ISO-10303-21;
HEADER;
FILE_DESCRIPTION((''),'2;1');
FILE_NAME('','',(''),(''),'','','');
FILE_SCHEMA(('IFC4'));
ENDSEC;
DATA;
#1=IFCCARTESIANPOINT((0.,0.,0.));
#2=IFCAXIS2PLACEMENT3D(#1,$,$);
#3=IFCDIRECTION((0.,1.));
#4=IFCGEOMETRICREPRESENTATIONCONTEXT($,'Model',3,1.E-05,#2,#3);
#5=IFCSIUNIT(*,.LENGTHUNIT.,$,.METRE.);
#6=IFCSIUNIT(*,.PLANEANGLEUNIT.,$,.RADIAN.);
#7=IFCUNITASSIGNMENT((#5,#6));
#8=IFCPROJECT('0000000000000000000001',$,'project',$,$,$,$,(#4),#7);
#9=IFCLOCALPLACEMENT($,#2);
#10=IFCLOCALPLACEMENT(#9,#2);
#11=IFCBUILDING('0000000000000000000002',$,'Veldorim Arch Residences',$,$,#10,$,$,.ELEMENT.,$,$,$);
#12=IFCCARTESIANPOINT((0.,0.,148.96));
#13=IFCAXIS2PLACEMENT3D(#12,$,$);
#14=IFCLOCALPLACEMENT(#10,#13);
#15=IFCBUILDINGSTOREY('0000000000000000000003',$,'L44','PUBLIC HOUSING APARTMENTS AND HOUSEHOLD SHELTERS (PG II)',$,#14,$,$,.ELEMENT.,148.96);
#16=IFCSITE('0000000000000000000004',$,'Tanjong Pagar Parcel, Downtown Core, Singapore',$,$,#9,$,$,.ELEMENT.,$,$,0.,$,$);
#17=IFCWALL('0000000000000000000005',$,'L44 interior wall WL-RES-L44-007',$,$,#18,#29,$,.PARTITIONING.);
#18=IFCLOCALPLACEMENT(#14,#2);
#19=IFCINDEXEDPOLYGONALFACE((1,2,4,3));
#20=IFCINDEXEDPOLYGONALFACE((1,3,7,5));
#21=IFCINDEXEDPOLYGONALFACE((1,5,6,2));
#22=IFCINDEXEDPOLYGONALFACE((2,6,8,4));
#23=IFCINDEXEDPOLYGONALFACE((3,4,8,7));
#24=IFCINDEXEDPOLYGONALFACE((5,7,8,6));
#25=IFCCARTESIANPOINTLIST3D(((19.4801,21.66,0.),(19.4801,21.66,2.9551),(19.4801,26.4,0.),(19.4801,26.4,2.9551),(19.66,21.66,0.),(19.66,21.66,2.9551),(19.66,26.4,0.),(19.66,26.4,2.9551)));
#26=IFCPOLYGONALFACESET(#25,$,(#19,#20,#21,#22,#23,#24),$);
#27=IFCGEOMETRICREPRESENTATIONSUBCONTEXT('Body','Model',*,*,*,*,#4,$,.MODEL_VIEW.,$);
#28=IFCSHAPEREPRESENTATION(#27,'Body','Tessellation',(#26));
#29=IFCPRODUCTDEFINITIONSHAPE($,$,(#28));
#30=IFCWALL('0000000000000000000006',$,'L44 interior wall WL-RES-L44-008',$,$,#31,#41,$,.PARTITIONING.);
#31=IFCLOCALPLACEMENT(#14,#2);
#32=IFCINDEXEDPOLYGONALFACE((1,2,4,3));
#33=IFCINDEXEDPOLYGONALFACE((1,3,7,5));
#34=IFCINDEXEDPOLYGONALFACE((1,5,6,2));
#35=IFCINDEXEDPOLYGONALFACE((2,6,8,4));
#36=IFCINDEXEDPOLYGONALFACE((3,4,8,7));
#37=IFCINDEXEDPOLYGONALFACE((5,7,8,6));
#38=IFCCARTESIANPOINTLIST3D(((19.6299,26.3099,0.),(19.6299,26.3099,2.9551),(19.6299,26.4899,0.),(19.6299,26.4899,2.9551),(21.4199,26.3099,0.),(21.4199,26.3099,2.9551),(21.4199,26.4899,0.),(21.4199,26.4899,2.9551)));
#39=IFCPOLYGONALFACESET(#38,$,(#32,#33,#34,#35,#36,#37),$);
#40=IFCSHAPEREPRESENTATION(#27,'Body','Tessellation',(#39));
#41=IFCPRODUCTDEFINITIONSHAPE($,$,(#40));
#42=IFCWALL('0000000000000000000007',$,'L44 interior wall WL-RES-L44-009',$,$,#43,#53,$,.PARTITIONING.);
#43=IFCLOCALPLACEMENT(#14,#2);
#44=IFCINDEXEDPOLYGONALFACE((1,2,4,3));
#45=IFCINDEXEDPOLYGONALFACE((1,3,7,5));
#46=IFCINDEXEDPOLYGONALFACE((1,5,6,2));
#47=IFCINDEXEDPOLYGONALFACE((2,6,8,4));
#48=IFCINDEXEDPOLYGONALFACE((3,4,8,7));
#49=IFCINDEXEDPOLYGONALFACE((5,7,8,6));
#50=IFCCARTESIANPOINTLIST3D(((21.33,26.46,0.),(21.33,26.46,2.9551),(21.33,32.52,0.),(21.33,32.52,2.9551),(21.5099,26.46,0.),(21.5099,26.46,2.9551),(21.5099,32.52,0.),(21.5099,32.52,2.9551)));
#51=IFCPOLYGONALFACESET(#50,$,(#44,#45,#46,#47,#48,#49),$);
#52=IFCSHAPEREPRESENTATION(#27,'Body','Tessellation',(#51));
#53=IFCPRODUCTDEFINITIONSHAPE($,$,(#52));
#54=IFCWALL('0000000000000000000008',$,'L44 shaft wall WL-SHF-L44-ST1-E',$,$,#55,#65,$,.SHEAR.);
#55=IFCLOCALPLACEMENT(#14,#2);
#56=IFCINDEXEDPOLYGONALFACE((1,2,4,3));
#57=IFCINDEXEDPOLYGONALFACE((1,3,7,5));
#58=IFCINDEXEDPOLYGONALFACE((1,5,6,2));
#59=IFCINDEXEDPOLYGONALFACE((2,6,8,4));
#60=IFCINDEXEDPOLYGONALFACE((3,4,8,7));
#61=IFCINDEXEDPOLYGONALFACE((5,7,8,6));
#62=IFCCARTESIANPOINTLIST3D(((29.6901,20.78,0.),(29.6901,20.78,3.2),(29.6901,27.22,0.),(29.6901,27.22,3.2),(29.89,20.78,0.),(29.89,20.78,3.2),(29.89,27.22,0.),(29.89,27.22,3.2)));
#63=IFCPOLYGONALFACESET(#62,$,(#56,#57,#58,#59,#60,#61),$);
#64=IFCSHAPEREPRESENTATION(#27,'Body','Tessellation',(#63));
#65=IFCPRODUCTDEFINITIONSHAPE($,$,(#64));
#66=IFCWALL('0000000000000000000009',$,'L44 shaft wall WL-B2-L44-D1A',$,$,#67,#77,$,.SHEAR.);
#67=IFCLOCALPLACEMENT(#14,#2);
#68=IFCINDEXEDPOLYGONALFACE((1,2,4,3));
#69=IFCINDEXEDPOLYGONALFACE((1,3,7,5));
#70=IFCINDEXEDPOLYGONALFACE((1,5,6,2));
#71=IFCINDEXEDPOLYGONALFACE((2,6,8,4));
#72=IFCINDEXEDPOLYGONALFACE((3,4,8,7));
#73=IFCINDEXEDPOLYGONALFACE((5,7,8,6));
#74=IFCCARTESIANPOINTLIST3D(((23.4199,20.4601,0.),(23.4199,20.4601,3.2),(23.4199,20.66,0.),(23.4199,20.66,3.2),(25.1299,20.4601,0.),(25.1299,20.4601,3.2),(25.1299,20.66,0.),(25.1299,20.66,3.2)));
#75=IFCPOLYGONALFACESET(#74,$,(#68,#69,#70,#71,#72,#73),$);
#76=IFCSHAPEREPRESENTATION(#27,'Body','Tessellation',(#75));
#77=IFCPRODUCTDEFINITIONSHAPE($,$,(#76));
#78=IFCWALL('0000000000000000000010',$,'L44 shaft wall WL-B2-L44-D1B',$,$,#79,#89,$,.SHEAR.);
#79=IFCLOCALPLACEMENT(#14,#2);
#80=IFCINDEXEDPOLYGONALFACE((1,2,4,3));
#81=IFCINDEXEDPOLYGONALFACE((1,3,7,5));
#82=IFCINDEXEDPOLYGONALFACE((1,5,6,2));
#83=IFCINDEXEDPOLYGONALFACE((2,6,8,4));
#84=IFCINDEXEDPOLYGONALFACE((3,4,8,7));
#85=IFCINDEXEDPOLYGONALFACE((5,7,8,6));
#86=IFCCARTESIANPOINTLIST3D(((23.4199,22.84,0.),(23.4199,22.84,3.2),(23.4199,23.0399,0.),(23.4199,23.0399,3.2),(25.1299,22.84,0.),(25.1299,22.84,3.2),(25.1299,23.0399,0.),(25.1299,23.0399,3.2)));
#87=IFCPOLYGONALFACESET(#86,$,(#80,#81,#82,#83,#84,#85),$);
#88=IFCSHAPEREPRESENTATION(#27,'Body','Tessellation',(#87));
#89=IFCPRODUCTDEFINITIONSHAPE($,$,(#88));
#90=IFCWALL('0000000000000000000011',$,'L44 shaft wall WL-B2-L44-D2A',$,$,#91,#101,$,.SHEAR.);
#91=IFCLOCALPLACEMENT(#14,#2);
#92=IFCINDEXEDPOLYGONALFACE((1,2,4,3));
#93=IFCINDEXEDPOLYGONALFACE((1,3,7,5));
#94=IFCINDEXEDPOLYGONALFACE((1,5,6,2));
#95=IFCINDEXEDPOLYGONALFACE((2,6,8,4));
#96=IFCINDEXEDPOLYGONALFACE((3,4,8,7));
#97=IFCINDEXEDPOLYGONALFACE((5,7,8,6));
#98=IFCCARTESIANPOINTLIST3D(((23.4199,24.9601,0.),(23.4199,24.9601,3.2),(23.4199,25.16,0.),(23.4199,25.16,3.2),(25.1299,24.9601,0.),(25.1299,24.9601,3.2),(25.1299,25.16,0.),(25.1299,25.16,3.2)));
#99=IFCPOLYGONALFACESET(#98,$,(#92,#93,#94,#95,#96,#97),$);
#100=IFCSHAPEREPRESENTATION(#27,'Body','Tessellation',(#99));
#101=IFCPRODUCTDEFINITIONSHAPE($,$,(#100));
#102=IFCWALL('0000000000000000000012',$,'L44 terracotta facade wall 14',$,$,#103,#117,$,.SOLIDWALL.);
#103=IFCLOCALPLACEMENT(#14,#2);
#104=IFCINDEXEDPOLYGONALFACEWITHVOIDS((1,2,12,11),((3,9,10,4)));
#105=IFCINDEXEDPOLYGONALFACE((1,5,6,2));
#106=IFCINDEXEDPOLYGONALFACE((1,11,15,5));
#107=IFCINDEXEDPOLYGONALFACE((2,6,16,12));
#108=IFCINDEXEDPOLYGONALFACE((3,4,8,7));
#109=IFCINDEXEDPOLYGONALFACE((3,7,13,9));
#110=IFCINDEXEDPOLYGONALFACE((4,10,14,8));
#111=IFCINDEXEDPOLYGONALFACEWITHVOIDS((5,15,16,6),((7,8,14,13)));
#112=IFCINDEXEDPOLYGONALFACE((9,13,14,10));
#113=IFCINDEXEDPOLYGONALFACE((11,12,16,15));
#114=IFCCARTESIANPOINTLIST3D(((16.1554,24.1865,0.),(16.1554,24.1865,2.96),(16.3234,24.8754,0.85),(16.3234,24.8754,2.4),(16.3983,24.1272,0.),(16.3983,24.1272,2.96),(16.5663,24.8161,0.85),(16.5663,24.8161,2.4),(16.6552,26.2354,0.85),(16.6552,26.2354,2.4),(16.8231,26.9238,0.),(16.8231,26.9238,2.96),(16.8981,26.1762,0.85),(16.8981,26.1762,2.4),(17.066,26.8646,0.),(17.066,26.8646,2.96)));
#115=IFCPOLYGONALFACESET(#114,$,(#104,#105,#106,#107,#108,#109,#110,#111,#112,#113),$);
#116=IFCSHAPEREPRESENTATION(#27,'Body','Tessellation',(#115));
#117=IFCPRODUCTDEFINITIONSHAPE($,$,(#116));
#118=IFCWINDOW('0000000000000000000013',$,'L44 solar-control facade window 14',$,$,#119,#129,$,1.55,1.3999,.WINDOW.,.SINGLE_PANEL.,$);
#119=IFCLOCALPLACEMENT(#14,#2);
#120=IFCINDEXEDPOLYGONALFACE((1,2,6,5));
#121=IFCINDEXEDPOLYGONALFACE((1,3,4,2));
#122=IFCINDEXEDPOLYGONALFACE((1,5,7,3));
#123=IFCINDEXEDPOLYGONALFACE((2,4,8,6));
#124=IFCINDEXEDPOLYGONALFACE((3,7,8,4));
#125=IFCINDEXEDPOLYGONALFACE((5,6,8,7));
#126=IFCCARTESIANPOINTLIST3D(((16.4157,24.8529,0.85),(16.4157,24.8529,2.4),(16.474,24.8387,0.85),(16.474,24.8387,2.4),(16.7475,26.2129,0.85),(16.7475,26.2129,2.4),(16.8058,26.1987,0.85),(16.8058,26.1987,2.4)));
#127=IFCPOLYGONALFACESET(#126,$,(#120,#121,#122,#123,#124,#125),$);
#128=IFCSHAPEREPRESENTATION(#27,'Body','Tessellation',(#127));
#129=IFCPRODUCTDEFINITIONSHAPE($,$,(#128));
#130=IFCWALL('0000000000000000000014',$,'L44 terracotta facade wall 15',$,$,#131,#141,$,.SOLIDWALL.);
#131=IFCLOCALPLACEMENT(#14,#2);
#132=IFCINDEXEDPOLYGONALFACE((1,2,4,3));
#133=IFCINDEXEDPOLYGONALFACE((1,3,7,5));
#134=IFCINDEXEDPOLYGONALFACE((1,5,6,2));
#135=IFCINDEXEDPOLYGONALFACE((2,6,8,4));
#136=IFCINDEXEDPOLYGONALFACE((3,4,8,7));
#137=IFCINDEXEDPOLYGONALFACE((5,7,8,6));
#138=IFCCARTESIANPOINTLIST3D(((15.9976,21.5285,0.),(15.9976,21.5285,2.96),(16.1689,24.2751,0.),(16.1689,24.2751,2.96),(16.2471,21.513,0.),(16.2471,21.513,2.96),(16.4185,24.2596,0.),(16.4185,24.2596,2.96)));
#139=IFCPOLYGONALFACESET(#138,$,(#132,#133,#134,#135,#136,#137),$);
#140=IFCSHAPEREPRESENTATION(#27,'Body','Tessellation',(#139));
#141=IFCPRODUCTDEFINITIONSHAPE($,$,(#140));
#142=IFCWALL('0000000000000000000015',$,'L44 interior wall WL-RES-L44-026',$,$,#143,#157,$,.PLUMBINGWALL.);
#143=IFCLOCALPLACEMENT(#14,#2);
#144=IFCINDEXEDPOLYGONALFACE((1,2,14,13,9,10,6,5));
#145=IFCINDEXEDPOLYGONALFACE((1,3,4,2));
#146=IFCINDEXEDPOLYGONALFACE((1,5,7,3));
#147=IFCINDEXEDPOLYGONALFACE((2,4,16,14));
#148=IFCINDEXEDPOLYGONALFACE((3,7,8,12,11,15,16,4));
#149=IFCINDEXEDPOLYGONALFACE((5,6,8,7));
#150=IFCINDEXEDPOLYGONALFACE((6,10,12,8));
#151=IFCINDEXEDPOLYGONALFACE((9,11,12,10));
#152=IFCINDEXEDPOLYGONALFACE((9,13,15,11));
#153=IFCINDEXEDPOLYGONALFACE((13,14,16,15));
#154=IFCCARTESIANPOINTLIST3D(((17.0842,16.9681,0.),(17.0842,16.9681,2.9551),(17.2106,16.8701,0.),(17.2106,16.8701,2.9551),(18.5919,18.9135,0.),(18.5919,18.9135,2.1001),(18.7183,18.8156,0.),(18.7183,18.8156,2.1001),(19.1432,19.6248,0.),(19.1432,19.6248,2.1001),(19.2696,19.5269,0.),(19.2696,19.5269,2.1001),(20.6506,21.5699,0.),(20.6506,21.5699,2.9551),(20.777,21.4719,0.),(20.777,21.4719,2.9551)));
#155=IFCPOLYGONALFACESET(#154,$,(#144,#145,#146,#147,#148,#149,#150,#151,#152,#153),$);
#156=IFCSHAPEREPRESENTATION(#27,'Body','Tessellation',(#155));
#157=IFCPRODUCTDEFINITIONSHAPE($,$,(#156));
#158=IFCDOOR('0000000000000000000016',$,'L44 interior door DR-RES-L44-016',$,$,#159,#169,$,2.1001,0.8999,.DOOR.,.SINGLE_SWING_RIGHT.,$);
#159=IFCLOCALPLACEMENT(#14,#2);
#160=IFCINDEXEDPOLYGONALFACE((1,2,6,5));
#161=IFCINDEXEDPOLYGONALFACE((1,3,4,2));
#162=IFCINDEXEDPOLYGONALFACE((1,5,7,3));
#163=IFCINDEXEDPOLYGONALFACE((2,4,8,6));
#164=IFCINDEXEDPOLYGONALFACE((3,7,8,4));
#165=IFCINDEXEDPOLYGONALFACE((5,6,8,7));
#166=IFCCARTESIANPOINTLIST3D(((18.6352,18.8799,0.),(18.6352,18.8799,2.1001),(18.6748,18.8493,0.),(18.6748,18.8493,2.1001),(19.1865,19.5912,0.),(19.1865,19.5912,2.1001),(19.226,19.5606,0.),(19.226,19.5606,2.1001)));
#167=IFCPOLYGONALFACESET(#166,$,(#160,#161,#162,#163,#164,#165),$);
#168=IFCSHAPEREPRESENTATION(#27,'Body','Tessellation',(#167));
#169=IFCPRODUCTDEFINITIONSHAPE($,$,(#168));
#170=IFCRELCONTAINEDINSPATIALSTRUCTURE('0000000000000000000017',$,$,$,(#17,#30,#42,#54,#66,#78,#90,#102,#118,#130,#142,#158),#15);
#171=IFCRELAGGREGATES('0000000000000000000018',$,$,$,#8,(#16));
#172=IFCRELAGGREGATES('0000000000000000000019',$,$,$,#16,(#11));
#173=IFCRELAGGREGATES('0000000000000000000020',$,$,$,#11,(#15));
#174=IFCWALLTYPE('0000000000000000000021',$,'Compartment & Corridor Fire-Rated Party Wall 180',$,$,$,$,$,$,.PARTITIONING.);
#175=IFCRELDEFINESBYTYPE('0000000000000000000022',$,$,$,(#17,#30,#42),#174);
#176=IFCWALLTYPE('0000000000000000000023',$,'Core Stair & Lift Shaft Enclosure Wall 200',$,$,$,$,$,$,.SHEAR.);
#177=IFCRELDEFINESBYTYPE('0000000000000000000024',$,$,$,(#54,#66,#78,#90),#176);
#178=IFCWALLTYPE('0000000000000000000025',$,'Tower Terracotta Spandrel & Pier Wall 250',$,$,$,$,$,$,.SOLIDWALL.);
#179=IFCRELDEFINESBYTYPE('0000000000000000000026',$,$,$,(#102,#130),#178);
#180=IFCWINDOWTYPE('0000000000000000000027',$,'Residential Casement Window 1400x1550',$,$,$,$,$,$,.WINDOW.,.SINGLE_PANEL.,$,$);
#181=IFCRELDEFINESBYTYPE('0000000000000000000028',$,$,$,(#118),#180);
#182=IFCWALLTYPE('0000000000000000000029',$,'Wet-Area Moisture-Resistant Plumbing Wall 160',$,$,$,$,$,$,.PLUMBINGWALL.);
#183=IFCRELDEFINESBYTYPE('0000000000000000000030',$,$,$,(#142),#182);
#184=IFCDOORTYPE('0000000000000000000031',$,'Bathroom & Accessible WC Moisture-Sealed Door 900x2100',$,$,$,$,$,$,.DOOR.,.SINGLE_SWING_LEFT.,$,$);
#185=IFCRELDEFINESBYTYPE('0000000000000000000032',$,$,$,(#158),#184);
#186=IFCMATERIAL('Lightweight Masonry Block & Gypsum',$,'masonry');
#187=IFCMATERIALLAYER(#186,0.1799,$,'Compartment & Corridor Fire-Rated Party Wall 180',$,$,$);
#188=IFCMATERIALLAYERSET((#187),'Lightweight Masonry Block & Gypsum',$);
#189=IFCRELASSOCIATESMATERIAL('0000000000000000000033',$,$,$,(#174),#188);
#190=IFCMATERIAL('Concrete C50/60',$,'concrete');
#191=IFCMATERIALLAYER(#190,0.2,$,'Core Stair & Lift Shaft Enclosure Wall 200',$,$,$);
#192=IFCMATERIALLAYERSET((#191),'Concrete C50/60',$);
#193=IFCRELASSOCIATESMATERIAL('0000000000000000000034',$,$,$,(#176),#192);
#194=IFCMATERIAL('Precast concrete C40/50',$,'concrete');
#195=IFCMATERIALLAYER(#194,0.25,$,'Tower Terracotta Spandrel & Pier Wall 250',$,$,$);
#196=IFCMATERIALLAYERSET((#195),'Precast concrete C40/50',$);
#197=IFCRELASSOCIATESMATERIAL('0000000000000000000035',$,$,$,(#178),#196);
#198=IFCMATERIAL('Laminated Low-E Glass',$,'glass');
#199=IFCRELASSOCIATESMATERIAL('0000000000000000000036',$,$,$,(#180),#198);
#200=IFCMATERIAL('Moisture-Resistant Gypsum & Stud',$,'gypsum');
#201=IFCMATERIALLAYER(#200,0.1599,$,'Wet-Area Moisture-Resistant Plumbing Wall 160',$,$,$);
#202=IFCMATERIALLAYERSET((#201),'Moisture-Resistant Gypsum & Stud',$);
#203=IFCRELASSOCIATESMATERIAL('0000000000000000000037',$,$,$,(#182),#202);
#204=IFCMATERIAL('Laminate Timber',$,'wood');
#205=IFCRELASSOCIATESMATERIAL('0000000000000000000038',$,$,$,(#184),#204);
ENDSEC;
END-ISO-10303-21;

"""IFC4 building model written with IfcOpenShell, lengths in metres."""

from ifc_helpers import new_model, si_unit, direction, frame, frame_2d, origin, place, context, subcontext, project, spatial, rectangle, extrude, material, layer, layer_set, type_object, element, fill, save


model = new_model("IFC4")

# Units and contexts
model_context = context("Model", 3, precision=1e-05, world=origin(), true_north=direction((0.0, 1.0)))
body_context = subcontext(model_context, "Body", "Model", "MODEL_VIEW")
ifc_project = project(units=[si_unit("LENGTHUNIT", "METRE"), si_unit("PLANEANGLEUNIT", "RADIAN")], contexts=[model_context])

# Site, building, storey
site_placement = place(None, origin())
site = spatial("IfcSite", under=ifc_project, at=site_placement, Name="Tanjong Pagar Parcel, Downtown Core, Singapore", CompositionType="ELEMENT", RefElevation=0.0)
building_placement = place(site_placement, origin())
building = spatial("IfcBuilding", under=site, at=building_placement, Name="Veldorim Arch Residences", CompositionType="ELEMENT")
storey_placement = place(building_placement, frame((0.0, 0.0, 148.96)))
storey = spatial("IfcBuildingStorey", under=building, at=storey_placement, Name="L44", Description="PUBLIC HOUSING APARTMENTS AND HOUSEHOLD SHELTERS (PG II)", CompositionType="ELEMENT", Elevation=148.96)

# Walls
ifc_material_1 = material(Name="Lightweight Masonry Block & Gypsum", Category="masonry")
ifc_layer_1 = layer(ifc_material_1, 0.1799, Name="Compartment & Corridor Fire-Rated Party Wall 180")
ifc_layer_set_1 = layer_set([ifc_layer_1], Name="Lightweight Masonry Block & Gypsum")
wall_type_1 = type_object("IfcWallType", Name="Compartment & Corridor Fire-Rated Party Wall 180", PredefinedType="PARTITIONING", material=ifc_layer_set_1)
wall_1_placement = place(storey_placement, frame((19.5701, 21.6599, 0.0), z_axis=(0.0, 0.0, 1.0), x_axis=(0.0, 1.0, 0.0)))
element("IfcWall", 1, at=wall_1_placement, inside=storey, type_object=wall_type_1, Name="L44 interior wall WL-RES-L44-007", PredefinedType="PARTITIONING", context=body_context, shape_type="SweptSolid", body=[
    extrude(rectangle(XDim=4.74, YDim=0.1799, at=frame_2d((2.3701, 0.0))), origin(), (0.0, 0.0, 1.0), 2.9551),
])
wall_2_placement = place(storey_placement, frame((19.6299, 26.3999, 0.0), z_axis=(0.0, 0.0, 1.0), x_axis=(1.0, 0.0, 0.0)))
element("IfcWall", 2, at=wall_2_placement, inside=storey, type_object=wall_type_1, Name="L44 interior wall WL-RES-L44-008", PredefinedType="PARTITIONING", context=body_context, shape_type="SweptSolid", body=[
    extrude(rectangle(XDim=1.79, YDim=0.1799, at=frame_2d((0.895, 0.0))), origin(), (0.0, 0.0, 1.0), 2.9551),
])
wall_3_placement = place(storey_placement, frame((21.4199, 26.46, 0.0), z_axis=(0.0, 0.0, 1.0), x_axis=(0.0, 1.0, 0.0)))
element("IfcWall", 3, at=wall_3_placement, inside=storey, type_object=wall_type_1, Name="L44 interior wall WL-RES-L44-009", PredefinedType="PARTITIONING", context=body_context, shape_type="SweptSolid", body=[
    extrude(rectangle(XDim=6.0601, YDim=0.1799, at=frame_2d((3.03, 0.0))), origin(), (0.0, 0.0, 1.0), 2.9551),
])
ifc_material_2 = material(Name="Concrete C50/60", Category="concrete")
ifc_layer_2 = layer(ifc_material_2, 0.2, Name="Core Stair & Lift Shaft Enclosure Wall 200")
ifc_layer_set_2 = layer_set([ifc_layer_2], Name="Concrete C50/60")
wall_type_2 = type_object("IfcWallType", Name="Core Stair & Lift Shaft Enclosure Wall 200", PredefinedType="SHEAR", material=ifc_layer_set_2)
wall_4_placement = place(storey_placement, frame((29.79, 20.78, 0.0), z_axis=(0.0, 0.0, 1.0), x_axis=(0.0, 1.0, 0.0)))
element("IfcWall", 4, at=wall_4_placement, inside=storey, type_object=wall_type_2, Name="L44 shaft wall WL-SHF-L44-ST1-E", PredefinedType="SHEAR", context=body_context, shape_type="SweptSolid", body=[
    extrude(rectangle(XDim=6.4399, YDim=0.2, at=frame_2d((3.22, 0.0))), origin(), (0.0, 0.0, 1.0), 3.2),
])

# Walls
for number, where, z_axis, x_axis, name in (
    (5, (23.4199, 20.5601, 0.0), (0.0, 0.0, 1.0), (1.0, 0.0, 0.0), "L44 shaft wall WL-B2-L44-D1A"),
    (6, (23.4199, 22.9399, 0.0), (0.0, 0.0, 1.0), (1.0, 0.0, 0.0), "L44 shaft wall WL-B2-L44-D1B"),
    (7, (23.4199, 25.0601, 0.0), (0.0, 0.0, 1.0), (1.0, 0.0, 0.0), "L44 shaft wall WL-B2-L44-D2A"),
):
    element("IfcWall", number, at=place(storey_placement, frame(where, z_axis=z_axis, x_axis=x_axis)), inside=storey, type_object=wall_type_2, Name=name, PredefinedType="SHEAR", context=body_context, shape_type="SweptSolid", body=[
        extrude(rectangle(XDim=1.71, YDim=0.2, at=frame_2d((0.855, 0.0))), origin(), (0.0, 0.0, 1.0), 3.2),
    ])

# Wall, opening, window
ifc_material_3 = material(Name="Precast concrete C40/50", Category="concrete")
ifc_layer_3 = layer(ifc_material_3, 0.25, Name="Tower Terracotta Spandrel & Pier Wall 250")
ifc_layer_set_3 = layer_set([ifc_layer_3], Name="Precast concrete C40/50")
wall_type_3 = type_object("IfcWallType", Name="Tower Terracotta Spandrel & Pier Wall 250", PredefinedType="SOLIDWALL", material=ifc_layer_set_3)
wall_5_placement = place(storey_placement, frame((16.2769, 24.157, 0.0), z_axis=(0.0, 0.0, 1.0), x_axis=(0.236986, 0.971513, 0.0)))
wall_5 = element("IfcWall", 8, at=wall_5_placement, inside=storey, type_object=wall_type_3, Name="L44 terracotta facade wall 14", PredefinedType="SOLIDWALL", context=body_context, shape_type="SweptSolid", body=[
    extrude(rectangle(XDim=2.8176, YDim=0.25, at=frame_2d((1.4087, 0.0))), origin(), (0.0, 0.0, 1.0), 2.96),
])
opening_1_placement = place(wall_5_placement, frame((0.709, 0.0, 0.8501)))
opening_1 = element("IfcOpeningElement", 9, at=opening_1_placement, cuts=wall_5, PredefinedType="OPENING", context=body_context, shape_type="SweptSolid", body=[
    extrude(rectangle(XDim=1.3999, YDim=1.55, at=frame_2d((0.7, 0.7749))), frame((0.0, 0.135, 0.0), z_axis=(0.0, -1.0, 0.0), x_axis=(1.0, 0.0, 0.0)), (0.0, 0.0, 1.0), 0.27),
])
ifc_material_4 = material(Name="Laminated Low-E Glass", Category="glass")
window_type = type_object("IfcWindowType", Name="Residential Casement Window 1400x1550", PartitioningType="SINGLE_PANEL", PredefinedType="WINDOW", material=ifc_material_4)
window_placement = place(opening_1_placement, origin())
window = element("IfcWindow", 10, at=window_placement, inside=storey, type_object=window_type, Name="L44 solar-control facade window 14", OverallHeight=1.55, OverallWidth=1.3999, PartitioningType="SINGLE_PANEL", PredefinedType="WINDOW", context=body_context, shape_type="SweptSolid", body=[
    extrude(rectangle(XDim=1.3999, YDim=1.55, at=frame_2d((0.7, 0.7749))), frame((0.0, 0.03, 0.0), z_axis=(0.0, -1.0, 0.0), x_axis=(1.0, 0.0, 0.0)), (0.0, 0.0, 1.0), 0.0601),
])
fill(opening_1, window)

# Wall
wall_6_placement = place(storey_placement, frame((16.1223, 21.5208, 0.0), z_axis=(0.0, 0.0, 1.0), x_axis=(0.062279, 0.998059, 0.0)))
element("IfcWall", 11, at=wall_6_placement, inside=storey, type_object=wall_type_3, Name="L44 terracotta facade wall 15", PredefinedType="SOLIDWALL", context=body_context, shape_type="SweptSolid", body=[
    extrude(rectangle(XDim=2.752, YDim=0.25, at=frame_2d((1.376, 0.0))), origin(), (0.0, 0.0, 1.0), 2.96),
])

# Wall, opening, door
ifc_material_5 = material(Name="Moisture-Resistant Gypsum & Stud", Category="gypsum")
ifc_layer_4 = layer(ifc_material_5, 0.1599, Name="Wet-Area Moisture-Resistant Plumbing Wall 160")
ifc_layer_set_4 = layer_set([ifc_layer_4], Name="Moisture-Resistant Gypsum & Stud")
wall_type_4 = type_object("IfcWallType", Name="Wet-Area Moisture-Resistant Plumbing Wall 160", PredefinedType="PLUMBINGWALL", material=ifc_layer_set_4)
wall_7_placement = place(storey_placement, frame((20.7139, 21.521, 0.0), z_axis=(0.0, 0.0, 1.0), x_axis=(-0.612572, -0.790415, 0.0)))
wall_7 = element("IfcWall", 12, at=wall_7_placement, inside=storey, type_object=wall_type_4, Name="L44 interior wall WL-RES-L44-026", PredefinedType="PLUMBINGWALL", context=body_context, shape_type="SweptSolid", body=[
    extrude(rectangle(XDim=5.822, YDim=0.1599, at=frame_2d((2.9111, 0.0))), origin(), (0.0, 0.0, 1.0), 2.9551),
])
opening_2_placement = place(wall_7_placement, frame((2.4609, 0.0, 0.0)))
opening_2 = element("IfcOpeningElement", 13, at=opening_2_placement, cuts=wall_7, PredefinedType="OPENING", context=body_context, shape_type="SweptSolid", body=[
    extrude(rectangle(XDim=0.8999, YDim=2.1001, at=frame_2d((0.45, 1.05))), frame((0.0, 0.0898, 0.0), z_axis=(0.0, -1.0, 0.0), x_axis=(1.0, 0.0, 0.0)), (0.0, 0.0, 1.0), 0.1799),
])
ifc_material_6 = material(Name="Laminate Timber", Category="wood")
door_type_1 = type_object("IfcDoorType", Name="Bathroom & Accessible WC Moisture-Sealed Door 900x2100", OperationType="SINGLE_SWING_LEFT", PredefinedType="DOOR", material=ifc_material_6)
door_1_placement = place(opening_2_placement, origin())
door_1 = element("IfcDoor", 14, at=door_1_placement, inside=storey, type_object=door_type_1, Name="L44 interior door DR-RES-L44-016", OperationType="SINGLE_SWING_RIGHT", OverallHeight=2.1001, OverallWidth=0.8999, PredefinedType="DOOR", context=body_context, shape_type="SweptSolid", body=[
    extrude(rectangle(XDim=0.8999, YDim=2.1001, at=frame_2d((0.45, 1.05))), frame((0.0, 0.0249, 0.0), z_axis=(0.0, -1.0, 0.0), x_axis=(1.0, 0.0, 0.0)), (0.0, 0.0, 1.0), 0.05),
])
fill(opening_2, door_1)

save(model, "model.ifc")
